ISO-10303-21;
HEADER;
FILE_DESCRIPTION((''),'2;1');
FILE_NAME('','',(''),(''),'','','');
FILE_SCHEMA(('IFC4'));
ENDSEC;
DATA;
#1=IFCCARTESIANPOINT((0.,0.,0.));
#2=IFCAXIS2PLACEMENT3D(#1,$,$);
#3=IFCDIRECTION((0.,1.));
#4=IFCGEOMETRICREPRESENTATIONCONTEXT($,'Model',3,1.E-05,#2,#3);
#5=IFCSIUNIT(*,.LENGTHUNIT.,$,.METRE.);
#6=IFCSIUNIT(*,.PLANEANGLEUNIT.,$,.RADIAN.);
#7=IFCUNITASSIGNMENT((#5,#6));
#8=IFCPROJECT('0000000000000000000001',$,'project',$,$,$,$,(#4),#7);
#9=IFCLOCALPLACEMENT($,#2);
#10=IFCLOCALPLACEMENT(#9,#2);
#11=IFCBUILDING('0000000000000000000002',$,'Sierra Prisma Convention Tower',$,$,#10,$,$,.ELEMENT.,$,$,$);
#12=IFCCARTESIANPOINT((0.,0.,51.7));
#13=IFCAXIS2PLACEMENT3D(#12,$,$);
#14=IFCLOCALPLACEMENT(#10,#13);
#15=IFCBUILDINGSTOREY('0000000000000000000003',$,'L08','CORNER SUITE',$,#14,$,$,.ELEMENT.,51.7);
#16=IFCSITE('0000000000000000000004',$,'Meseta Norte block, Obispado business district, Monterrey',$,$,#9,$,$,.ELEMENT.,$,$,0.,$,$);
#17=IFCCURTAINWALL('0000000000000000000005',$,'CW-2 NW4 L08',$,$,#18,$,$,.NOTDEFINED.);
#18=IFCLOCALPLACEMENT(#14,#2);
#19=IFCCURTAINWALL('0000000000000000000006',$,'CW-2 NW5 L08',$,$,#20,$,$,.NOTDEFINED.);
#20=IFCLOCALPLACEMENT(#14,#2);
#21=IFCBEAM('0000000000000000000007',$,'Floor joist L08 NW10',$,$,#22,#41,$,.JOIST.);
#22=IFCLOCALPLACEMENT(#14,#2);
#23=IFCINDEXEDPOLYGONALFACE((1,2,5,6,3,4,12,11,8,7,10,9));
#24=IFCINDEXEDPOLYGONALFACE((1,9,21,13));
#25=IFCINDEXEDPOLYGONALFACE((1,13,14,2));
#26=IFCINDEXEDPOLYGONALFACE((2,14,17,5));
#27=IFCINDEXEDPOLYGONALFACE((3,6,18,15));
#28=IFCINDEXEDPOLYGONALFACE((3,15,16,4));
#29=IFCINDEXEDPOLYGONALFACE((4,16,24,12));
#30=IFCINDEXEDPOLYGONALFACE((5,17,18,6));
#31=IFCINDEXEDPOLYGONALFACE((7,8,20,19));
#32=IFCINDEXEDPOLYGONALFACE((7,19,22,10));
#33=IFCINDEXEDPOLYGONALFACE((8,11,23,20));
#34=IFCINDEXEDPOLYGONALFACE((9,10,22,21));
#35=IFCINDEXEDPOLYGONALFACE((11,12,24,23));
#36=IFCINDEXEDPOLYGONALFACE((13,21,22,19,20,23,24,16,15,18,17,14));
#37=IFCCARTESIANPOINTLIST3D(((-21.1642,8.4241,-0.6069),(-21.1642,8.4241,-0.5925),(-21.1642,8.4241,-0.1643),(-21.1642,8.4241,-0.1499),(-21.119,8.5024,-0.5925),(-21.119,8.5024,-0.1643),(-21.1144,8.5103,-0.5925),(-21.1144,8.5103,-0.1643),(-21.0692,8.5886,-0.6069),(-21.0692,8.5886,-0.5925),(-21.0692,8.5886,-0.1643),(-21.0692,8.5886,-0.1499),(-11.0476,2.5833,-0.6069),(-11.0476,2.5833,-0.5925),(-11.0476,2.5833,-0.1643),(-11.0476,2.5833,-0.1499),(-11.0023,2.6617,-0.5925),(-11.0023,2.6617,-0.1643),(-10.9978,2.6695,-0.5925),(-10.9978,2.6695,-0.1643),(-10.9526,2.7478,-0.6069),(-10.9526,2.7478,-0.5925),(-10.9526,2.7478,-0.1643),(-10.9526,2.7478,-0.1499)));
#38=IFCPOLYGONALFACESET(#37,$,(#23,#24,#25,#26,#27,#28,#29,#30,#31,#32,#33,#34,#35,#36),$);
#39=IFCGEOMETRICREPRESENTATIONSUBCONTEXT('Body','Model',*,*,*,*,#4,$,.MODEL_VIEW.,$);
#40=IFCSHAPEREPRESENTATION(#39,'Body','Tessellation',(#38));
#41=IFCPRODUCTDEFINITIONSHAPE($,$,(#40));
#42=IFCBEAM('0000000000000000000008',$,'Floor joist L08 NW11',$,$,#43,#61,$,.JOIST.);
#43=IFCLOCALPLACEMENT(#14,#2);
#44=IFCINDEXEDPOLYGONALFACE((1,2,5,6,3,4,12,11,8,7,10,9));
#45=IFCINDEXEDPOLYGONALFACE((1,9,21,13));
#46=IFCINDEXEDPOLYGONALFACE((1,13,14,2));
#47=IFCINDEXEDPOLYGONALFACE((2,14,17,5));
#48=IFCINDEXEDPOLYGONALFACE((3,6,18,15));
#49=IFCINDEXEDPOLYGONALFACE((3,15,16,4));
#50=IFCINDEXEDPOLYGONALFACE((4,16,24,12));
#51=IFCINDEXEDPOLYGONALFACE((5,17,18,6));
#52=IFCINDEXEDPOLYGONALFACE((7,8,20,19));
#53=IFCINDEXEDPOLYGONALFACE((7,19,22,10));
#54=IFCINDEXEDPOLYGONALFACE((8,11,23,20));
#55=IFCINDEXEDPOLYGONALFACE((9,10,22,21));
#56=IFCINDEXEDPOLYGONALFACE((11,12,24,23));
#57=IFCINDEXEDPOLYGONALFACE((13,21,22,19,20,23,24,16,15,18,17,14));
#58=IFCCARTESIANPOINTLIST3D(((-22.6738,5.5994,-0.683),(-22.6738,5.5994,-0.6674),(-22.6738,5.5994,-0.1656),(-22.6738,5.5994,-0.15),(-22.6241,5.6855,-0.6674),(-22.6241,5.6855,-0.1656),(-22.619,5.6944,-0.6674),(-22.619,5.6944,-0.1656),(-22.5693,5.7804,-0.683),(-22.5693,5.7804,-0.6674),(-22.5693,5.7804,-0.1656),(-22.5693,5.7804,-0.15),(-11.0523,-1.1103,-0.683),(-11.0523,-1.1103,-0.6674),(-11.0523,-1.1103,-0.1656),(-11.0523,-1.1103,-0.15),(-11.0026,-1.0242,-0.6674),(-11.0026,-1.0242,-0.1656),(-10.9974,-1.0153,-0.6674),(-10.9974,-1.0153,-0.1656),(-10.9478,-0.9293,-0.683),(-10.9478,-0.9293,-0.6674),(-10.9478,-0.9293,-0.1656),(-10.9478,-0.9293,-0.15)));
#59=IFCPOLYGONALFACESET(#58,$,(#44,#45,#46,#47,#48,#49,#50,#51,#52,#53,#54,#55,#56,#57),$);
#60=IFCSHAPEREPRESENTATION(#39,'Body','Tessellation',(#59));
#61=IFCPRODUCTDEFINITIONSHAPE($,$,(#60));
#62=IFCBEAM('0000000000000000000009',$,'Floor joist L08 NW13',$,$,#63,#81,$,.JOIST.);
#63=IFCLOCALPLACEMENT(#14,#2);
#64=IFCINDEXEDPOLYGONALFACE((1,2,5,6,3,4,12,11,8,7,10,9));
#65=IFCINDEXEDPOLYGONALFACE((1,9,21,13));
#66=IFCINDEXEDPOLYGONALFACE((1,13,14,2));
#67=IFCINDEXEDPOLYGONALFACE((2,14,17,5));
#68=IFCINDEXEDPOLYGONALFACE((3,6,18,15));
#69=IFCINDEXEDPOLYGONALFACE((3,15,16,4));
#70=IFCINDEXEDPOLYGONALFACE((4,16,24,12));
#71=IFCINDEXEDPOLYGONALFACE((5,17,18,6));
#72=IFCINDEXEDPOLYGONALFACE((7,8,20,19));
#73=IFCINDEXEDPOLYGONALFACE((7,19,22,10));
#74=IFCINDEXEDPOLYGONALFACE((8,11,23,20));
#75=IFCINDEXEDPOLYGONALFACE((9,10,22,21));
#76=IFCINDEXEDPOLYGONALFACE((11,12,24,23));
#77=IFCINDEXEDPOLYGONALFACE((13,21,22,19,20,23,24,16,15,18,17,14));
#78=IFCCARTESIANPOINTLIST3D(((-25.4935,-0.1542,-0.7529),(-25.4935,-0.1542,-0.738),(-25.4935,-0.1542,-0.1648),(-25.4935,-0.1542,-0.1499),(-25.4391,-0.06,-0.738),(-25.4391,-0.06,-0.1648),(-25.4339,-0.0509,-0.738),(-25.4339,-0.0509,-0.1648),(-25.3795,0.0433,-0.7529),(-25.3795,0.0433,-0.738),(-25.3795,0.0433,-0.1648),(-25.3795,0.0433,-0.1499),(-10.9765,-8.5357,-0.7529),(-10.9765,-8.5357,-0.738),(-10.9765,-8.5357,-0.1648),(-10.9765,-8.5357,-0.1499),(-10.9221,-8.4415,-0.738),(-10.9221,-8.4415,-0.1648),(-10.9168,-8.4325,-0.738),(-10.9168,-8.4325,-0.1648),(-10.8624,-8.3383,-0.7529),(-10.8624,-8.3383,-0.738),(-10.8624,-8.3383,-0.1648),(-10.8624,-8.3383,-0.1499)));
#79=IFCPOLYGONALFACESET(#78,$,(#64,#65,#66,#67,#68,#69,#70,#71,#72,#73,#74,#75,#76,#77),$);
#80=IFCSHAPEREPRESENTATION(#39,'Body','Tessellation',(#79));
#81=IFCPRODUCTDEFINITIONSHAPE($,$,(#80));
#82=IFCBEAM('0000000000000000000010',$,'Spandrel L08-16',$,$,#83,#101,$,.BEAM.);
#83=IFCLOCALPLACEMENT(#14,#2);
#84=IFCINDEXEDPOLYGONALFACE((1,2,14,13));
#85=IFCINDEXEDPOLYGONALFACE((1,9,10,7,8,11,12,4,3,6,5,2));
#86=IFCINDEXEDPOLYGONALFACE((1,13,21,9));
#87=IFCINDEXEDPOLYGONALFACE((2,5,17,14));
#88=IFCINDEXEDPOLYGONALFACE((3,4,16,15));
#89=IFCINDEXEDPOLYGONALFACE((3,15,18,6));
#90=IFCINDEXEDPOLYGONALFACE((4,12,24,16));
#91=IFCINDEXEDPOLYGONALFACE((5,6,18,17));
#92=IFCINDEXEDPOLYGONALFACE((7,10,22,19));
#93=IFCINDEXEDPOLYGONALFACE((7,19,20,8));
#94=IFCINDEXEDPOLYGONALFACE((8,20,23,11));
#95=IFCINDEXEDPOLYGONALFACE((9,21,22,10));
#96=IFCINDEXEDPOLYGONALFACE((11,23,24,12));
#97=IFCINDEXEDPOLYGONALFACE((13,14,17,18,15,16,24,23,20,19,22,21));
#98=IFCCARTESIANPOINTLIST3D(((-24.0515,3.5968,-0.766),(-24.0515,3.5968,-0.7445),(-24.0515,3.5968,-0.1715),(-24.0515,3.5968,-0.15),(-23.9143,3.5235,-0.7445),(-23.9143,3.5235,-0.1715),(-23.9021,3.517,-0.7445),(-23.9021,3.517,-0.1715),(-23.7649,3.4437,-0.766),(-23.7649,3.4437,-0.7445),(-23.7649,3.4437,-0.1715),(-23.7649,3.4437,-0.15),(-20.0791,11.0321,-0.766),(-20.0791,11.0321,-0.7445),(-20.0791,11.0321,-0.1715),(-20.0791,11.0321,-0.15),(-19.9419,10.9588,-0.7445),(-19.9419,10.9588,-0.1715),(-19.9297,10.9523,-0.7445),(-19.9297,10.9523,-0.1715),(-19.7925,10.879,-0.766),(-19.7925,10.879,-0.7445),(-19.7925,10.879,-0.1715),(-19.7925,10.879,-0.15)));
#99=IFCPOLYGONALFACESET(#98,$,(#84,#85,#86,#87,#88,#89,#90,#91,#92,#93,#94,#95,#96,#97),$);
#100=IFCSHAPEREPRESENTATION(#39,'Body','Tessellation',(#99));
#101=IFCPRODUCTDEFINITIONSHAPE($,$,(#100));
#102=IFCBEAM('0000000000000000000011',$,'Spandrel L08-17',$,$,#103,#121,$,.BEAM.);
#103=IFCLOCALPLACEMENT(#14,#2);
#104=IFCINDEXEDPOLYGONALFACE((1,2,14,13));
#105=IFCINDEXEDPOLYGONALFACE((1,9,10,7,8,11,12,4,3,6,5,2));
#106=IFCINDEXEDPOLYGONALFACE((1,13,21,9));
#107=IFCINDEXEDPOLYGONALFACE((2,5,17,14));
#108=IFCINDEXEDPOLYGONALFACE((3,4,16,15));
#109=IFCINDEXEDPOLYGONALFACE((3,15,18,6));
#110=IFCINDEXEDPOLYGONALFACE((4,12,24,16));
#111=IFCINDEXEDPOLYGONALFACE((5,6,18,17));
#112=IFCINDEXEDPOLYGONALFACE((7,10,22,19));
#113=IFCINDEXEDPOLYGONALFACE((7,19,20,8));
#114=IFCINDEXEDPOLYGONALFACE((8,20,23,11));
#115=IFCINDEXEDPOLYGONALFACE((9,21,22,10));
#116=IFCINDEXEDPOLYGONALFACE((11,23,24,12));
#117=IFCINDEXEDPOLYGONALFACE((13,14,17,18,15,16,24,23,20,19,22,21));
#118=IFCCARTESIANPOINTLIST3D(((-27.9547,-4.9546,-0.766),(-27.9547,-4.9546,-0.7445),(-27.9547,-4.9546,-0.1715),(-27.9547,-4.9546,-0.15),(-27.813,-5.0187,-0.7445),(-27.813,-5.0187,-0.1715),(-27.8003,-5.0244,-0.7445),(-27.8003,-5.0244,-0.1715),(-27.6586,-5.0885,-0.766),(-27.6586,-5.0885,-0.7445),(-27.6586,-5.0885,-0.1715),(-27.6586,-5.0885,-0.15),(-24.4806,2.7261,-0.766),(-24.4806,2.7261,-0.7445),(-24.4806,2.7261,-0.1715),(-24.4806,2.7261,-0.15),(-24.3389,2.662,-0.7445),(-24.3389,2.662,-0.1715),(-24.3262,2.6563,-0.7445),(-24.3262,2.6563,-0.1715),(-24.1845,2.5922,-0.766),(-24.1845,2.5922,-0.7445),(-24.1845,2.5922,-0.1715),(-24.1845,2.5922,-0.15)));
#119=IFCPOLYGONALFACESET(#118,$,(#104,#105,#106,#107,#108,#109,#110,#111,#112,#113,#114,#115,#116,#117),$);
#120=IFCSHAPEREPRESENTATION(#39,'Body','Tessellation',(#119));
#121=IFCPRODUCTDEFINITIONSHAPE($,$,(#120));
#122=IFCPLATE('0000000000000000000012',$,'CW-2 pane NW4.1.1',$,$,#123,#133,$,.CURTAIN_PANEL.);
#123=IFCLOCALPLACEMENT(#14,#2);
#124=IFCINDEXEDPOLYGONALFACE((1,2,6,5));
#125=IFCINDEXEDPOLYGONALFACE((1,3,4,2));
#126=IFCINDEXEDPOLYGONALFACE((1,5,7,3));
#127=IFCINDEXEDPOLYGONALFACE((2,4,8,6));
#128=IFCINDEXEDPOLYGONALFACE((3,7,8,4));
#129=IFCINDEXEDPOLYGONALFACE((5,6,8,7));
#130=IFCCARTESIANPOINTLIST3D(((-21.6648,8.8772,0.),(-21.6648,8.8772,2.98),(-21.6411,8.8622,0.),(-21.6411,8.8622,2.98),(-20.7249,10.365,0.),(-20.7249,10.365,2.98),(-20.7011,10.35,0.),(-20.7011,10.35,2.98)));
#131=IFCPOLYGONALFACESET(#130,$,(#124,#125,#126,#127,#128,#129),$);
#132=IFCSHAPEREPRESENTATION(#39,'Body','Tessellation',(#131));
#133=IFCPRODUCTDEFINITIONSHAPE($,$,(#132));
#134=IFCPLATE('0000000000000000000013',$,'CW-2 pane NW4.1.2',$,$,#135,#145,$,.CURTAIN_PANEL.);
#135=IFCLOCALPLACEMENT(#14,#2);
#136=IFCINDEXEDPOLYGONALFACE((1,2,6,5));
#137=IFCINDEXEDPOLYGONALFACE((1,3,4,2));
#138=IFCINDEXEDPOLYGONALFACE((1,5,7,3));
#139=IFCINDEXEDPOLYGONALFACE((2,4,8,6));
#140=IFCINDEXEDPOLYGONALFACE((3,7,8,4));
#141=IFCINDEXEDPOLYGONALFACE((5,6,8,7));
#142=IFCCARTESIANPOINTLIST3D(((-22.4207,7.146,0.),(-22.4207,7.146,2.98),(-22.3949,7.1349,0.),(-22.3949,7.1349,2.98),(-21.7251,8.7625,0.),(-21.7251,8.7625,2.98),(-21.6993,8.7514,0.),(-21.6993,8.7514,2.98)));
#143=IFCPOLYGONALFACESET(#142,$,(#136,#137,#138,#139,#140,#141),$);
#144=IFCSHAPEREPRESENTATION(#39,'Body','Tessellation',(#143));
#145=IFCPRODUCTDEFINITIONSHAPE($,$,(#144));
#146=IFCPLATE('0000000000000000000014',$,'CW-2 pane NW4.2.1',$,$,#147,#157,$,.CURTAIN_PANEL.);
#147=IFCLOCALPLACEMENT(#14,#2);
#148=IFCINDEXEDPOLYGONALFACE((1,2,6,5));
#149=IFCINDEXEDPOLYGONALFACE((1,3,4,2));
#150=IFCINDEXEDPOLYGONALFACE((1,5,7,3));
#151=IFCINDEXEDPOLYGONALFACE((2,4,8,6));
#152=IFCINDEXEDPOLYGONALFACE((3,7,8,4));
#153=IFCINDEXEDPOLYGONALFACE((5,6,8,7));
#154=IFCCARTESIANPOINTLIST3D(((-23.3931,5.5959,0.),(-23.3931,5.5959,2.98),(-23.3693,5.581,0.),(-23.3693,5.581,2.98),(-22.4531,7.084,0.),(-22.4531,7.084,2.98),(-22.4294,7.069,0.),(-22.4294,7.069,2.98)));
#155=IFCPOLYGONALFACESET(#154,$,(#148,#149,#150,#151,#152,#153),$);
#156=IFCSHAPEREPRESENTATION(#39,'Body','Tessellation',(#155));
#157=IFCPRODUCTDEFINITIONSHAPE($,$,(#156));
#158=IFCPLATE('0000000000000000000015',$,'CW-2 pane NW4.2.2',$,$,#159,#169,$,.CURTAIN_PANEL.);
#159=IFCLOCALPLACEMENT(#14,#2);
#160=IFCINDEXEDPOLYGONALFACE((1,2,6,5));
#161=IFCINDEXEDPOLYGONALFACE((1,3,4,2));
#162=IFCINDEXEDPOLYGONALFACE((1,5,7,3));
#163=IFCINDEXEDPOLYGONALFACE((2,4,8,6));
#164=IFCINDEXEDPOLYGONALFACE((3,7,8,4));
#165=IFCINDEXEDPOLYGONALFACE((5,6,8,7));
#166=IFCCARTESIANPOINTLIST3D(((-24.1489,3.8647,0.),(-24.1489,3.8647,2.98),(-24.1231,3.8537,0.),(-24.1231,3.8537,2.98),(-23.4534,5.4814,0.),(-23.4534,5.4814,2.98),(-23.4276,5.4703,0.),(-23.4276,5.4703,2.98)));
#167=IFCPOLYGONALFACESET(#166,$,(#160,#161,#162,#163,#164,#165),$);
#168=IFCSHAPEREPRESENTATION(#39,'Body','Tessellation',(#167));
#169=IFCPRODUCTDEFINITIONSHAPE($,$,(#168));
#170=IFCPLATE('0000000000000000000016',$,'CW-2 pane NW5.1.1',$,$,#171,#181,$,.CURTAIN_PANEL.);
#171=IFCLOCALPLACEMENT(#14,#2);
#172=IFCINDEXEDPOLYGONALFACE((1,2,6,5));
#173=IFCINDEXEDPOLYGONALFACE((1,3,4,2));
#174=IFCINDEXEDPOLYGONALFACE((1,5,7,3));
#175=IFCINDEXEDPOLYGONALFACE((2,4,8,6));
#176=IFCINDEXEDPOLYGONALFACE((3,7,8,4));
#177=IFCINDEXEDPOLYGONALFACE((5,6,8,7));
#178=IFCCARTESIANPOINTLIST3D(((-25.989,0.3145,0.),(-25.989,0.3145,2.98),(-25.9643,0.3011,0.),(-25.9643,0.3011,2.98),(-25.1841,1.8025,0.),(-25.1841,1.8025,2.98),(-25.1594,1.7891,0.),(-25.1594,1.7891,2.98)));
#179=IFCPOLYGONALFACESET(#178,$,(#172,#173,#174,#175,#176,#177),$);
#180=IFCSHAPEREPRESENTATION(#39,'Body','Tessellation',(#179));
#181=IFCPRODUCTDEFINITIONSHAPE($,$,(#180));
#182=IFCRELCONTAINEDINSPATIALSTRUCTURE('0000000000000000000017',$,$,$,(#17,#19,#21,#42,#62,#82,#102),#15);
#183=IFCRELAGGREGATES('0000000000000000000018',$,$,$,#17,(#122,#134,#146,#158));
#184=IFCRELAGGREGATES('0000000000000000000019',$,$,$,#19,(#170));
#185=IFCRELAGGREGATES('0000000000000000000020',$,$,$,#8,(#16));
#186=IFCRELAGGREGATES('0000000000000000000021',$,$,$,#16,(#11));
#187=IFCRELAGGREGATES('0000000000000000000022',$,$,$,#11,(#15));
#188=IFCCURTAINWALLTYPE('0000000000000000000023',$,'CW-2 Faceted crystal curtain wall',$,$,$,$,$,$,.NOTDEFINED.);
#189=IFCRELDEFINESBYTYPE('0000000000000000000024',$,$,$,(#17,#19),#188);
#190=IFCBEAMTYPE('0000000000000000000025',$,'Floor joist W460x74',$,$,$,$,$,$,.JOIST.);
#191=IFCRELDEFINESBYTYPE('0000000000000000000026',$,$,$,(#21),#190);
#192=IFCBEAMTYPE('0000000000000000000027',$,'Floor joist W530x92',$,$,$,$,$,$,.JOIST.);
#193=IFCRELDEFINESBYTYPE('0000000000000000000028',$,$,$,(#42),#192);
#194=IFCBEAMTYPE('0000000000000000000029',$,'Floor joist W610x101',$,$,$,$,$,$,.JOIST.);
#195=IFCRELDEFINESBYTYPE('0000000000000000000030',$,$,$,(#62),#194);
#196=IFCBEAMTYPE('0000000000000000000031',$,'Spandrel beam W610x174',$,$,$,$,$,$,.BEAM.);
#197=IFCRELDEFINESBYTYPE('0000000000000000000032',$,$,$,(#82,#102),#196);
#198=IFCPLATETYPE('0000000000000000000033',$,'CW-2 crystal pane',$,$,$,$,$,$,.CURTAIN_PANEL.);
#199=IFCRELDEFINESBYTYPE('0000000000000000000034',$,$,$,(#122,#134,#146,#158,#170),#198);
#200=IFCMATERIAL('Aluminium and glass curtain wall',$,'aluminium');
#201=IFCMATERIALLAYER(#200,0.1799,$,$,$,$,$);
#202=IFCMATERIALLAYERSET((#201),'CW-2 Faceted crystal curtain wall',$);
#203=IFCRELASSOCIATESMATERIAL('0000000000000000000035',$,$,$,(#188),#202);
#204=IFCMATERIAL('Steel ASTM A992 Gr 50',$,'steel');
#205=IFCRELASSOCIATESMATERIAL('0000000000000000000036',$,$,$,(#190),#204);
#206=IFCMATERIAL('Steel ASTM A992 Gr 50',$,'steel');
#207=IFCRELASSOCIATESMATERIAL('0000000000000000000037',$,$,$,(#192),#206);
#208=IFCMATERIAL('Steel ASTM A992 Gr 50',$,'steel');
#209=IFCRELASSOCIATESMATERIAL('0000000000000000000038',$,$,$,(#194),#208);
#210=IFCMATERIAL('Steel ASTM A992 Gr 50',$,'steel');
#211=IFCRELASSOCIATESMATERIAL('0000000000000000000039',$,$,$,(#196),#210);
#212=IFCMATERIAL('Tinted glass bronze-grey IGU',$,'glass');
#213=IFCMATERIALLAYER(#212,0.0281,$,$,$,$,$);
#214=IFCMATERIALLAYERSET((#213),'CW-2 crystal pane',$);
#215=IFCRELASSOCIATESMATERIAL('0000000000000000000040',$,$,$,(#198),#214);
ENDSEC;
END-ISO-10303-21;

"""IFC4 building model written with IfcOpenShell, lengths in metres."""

from ifc_helpers import new_model, si_unit, direction, frame, origin, origin_2d, place, context, subcontext, project, spatial, polyline, i_section, outline, extrude, material, layer, layer_set, material_profile, profile_set, type_object, element, aggregate, save


model = new_model("IFC4")

# Units and contexts
model_context = context("Model", 3, precision=1e-05, world=origin(), true_north=direction((0.0, 1.0)))
body_context = subcontext(model_context, "Body", "Model", "MODEL_VIEW")
ifc_project = project(units=[si_unit("LENGTHUNIT", "METRE"), si_unit("PLANEANGLEUNIT", "RADIAN")], contexts=[model_context])

# Site, building, storey
site_placement = place(None, origin())
site = spatial("IfcSite", under=ifc_project, at=site_placement, Name="Meseta Norte block, Obispado business district, Monterrey", CompositionType="ELEMENT", RefElevation=0.0)
building_placement = place(site_placement, origin())
building = spatial("IfcBuilding", under=site, at=building_placement, Name="Sierra Prisma Convention Tower", CompositionType="ELEMENT")
storey_placement = place(building_placement, frame((0.0, 0.0, 51.7)))
storey = spatial("IfcBuildingStorey", under=building, at=storey_placement, Name="L08", Description="CORNER SUITE", CompositionType="ELEMENT", Elevation=51.7)

# Curtain wall
ifc_material_1 = material(Name="Aluminium and glass curtain wall", Category="aluminium")
ifc_layer_1 = layer(ifc_material_1, 0.1799)
ifc_layer_set_1 = layer_set([ifc_layer_1], Name="CW-2 Faceted crystal curtain wall")
curtain_wall_type = type_object("IfcCurtainWallType", Name="CW-2 Faceted crystal curtain wall", PredefinedType="NOTDEFINED", material=ifc_layer_set_1)
curtain_wall_1_placement = place(storey_placement, origin())
curtain_wall_1 = element("IfcCurtainWall", 1, at=curtain_wall_1_placement, inside=storey, type_object=curtain_wall_type, Name="CW-2 NW4 L08", PredefinedType="NOTDEFINED")

# Curtain wall
curtain_wall_2_placement = place(storey_placement, origin())
curtain_wall_2 = element("IfcCurtainWall", 2, at=curtain_wall_2_placement, inside=storey, type_object=curtain_wall_type, Name="CW-2 NW5 L08", PredefinedType="NOTDEFINED")

# Beams
ifc_material_2 = material(Name="Steel ASTM A992 Gr 50", Category="steel")
ifc_material_profile_1 = material_profile(ifc_material_2, i_section(OverallWidth=0.1899, OverallDepth=0.457, WebThickness=0.009, FlangeThickness=0.0144, at=origin_2d()), Name="W460x74")
ifc_profile_set_1 = profile_set([ifc_material_profile_1], Name="Steel ASTM A992 Gr 50")
beam_type_1 = type_object("IfcBeamType", Name="Floor joist W460x74", PredefinedType="JOIST", material=ifc_profile_set_1)
beam_1_placement = place(storey_placement, frame((-21.1167, 8.5063, -0.3784), z_axis=(0.866028, -0.499996, 0.0), x_axis=(0.499996, 0.866028, 0.0)))
element("IfcBeam", 3, at=beam_1_placement, inside=storey, type_object=beam_type_1, Name="Floor joist L08 NW10", PredefinedType="JOIST", context=body_context, shape_type="SweptSolid", body=[
    extrude(i_section(OverallWidth=0.1899, OverallDepth=0.457, WebThickness=0.009, FlangeThickness=0.0144, at=origin_2d()), origin(), (0.0, 0.0, 1.0), 11.6816),
])
ifc_material_3 = material(Name="Steel ASTM A992 Gr 50", Category="steel")
ifc_material_profile_2 = material_profile(ifc_material_3, i_section(OverallWidth=0.209, OverallDepth=0.533, WebThickness=0.0103, FlangeThickness=0.0156, at=origin_2d()), Name="W530x92")
ifc_profile_set_2 = profile_set([ifc_material_profile_2], Name="Steel ASTM A992 Gr 50")
beam_type_2 = type_object("IfcBeamType", Name="Floor joist W530x92", PredefinedType="JOIST", material=ifc_profile_set_2)
beam_2_placement = place(storey_placement, frame((-22.6216, 5.6899, -0.4165), z_axis=(0.866026, -0.5, 0.0), x_axis=(0.5, 0.866026, 0.0)))
element("IfcBeam", 4, at=beam_2_placement, inside=storey, type_object=beam_type_2, Name="Floor joist L08 NW11", PredefinedType="JOIST", context=body_context, shape_type="SweptSolid", body=[
    extrude(i_section(OverallWidth=0.209, OverallDepth=0.533, WebThickness=0.0103, FlangeThickness=0.0156, at=origin_2d()), origin(), (0.0, 0.0, 1.0), 13.4194),
])
ifc_material_4 = material(Name="Steel ASTM A992 Gr 50", Category="steel")
ifc_material_profile_3 = material_profile(ifc_material_4, i_section(OverallWidth=0.228, OverallDepth=0.603, WebThickness=0.0105, FlangeThickness=0.0149, at=origin_2d()), Name="W610x101")
ifc_profile_set_3 = profile_set([ifc_material_profile_3], Name="Steel ASTM A992 Gr 50")
beam_type_3 = type_object("IfcBeamType", Name="Floor joist W610x101", PredefinedType="JOIST", material=ifc_profile_set_3)
beam_3_placement = place(storey_placement, frame((-25.4365, -0.0554, -0.4514), z_axis=(0.866022, -0.500007, 0.0), x_axis=(0.500007, 0.866022, 0.0)))
element("IfcBeam", 5, at=beam_3_placement, inside=storey, type_object=beam_type_3, Name="Floor joist L08 NW13", PredefinedType="JOIST", context=body_context, shape_type="SweptSolid", body=[
    extrude(i_section(OverallWidth=0.228, OverallDepth=0.603, WebThickness=0.0105, FlangeThickness=0.0149, at=origin_2d()), origin(), (0.0, 0.0, 1.0), 16.7629),
])
ifc_material_5 = material(Name="Steel ASTM A992 Gr 50", Category="steel")
ifc_material_profile_4 = material_profile(ifc_material_5, i_section(OverallWidth=0.325, OverallDepth=0.616, WebThickness=0.0139, FlangeThickness=0.0215, at=origin_2d()), Name="W610x174")
ifc_profile_set_4 = profile_set([ifc_material_profile_4], Name="Steel ASTM A992 Gr 50")
beam_type_4 = type_object("IfcBeamType", Name="Spandrel beam W610x174", PredefinedType="BEAM", material=ifc_profile_set_4)
for number, where, z_axis, x_axis, name in (
    (6, (-19.9358, 10.9556, -0.458), (-0.471227, -0.882012, 0.0), (0.882012, -0.471227, 0.0), "Spandrel L08-16"),
    (7, (-24.3325, 2.6592, -0.458), (-0.412122, -0.911129, 0.0), (0.911129, -0.412122, 0.0), "Spandrel L08-17"),
):
    element("IfcBeam", number, at=place(storey_placement, frame(where, z_axis=z_axis, x_axis=x_axis)), inside=storey, type_object=beam_type_4, Name=name, PredefinedType="BEAM", context=body_context, shape_type="SweptSolid", body=[
        extrude(i_section(OverallWidth=0.325, OverallDepth=0.616, WebThickness=0.0139, FlangeThickness=0.0215, at=origin_2d()), origin(), (0.0, 0.0, 1.0), 8.4299),
    ])

# Plates
ifc_material_6 = material(Name="Tinted glass bronze-grey IGU", Category="glass")
ifc_layer_2 = layer(ifc_material_6, 0.0281)
ifc_layer_set_2 = layer_set([ifc_layer_2], Name="CW-2 crystal pane")
plate_type = type_object("IfcPlateType", Name="CW-2 crystal pane", PredefinedType="CURTAIN_PANEL", material=ifc_layer_set_2)
plate_1_placement = place(storey_placement, frame((-20.7249, 10.365, 0.0), z_axis=(-0.845416, 0.534108, 0.0), x_axis=(-0.534108, -0.845416, 0.0)))
plate_1 = element("IfcPlate", 8, at=plate_1_placement, type_object=plate_type, Name="CW-2 pane NW4.1.1", PredefinedType="CURTAIN_PANEL", context=body_context, shape_type="SweptSolid", body=[
    extrude(outline(polyline([(0.0, 0.0), (1.7598, 0.0), (1.7598, 2.98), (0.0, 2.98), (0.0, 0.0)])), origin(), (0.0, 0.0, -1.0), 0.0281),
])
plate_2_placement = place(storey_placement, frame((-22.4207, 7.146, 0.0), z_axis=(-0.91857, 0.395258, 0.0), x_axis=(0.395258, 0.91857, 0.0)))
plate_2 = element("IfcPlate", 9, at=plate_2_placement, type_object=plate_type, Name="CW-2 pane NW4.1.2", PredefinedType="CURTAIN_PANEL", context=body_context, shape_type="SweptSolid", body=[
    extrude(outline(polyline([(0.0, 0.0), (1.7598, 0.0), (1.7598, -2.98), (0.0, -2.98), (0.0, 0.0)])), origin(), (0.0, 0.0, -1.0), 0.0281),
])
plate_3_placement = place(storey_placement, frame((-22.4531, 7.084, 0.0), z_axis=(-0.845456, 0.534045, 0.0), x_axis=(-0.534045, -0.845456, 0.0)))
plate_3 = element("IfcPlate", 10, at=plate_3_placement, type_object=plate_type, Name="CW-2 pane NW4.2.1", PredefinedType="CURTAIN_PANEL", context=body_context, shape_type="SweptSolid", body=[
    extrude(outline(polyline([(0.0, 0.0), (1.76, 0.0), (1.76, 2.98), (0.0, 2.98), (0.0, 0.0)])), origin(), (0.0, 0.0, -1.0), 0.0281),
])
plate_4_placement = place(storey_placement, frame((-24.1489, 3.8647, 0.0), z_axis=(-0.918592, 0.395208, 0.0), x_axis=(0.395208, 0.918592, 0.0)))
plate_4 = element("IfcPlate", 11, at=plate_4_placement, type_object=plate_type, Name="CW-2 pane NW4.2.2", PredefinedType="CURTAIN_PANEL", context=body_context, shape_type="SweptSolid", body=[
    extrude(outline(polyline([(0.0, 0.0), (1.76, 0.0), (1.76, -2.98), (0.0, -2.98), (0.0, 0.0)])), origin(), (0.0, 0.0, -1.0), 0.0281),
])
aggregate(curtain_wall_1, [plate_1, plate_2, plate_3, plate_4])
plate_5_placement = place(storey_placement, frame((-25.1841, 1.8025, 0.0), z_axis=(-0.879561, 0.475786, 0.0), x_axis=(-0.475786, -0.879561, 0.0)))
plate_5 = element("IfcPlate", 12, at=plate_5_placement, type_object=plate_type, Name="CW-2 pane NW5.1.1", PredefinedType="CURTAIN_PANEL", context=body_context, shape_type="SweptSolid", body=[
    extrude(outline(polyline([(0.0, 0.0), (1.6918, 0.0), (1.6918, 2.98), (0.0, 2.98), (0.0, 0.0)])), origin(), (0.0, 0.0, -1.0), 0.0281),
])
aggregate(curtain_wall_2, [plate_5])

save(model, "model.ifc")
